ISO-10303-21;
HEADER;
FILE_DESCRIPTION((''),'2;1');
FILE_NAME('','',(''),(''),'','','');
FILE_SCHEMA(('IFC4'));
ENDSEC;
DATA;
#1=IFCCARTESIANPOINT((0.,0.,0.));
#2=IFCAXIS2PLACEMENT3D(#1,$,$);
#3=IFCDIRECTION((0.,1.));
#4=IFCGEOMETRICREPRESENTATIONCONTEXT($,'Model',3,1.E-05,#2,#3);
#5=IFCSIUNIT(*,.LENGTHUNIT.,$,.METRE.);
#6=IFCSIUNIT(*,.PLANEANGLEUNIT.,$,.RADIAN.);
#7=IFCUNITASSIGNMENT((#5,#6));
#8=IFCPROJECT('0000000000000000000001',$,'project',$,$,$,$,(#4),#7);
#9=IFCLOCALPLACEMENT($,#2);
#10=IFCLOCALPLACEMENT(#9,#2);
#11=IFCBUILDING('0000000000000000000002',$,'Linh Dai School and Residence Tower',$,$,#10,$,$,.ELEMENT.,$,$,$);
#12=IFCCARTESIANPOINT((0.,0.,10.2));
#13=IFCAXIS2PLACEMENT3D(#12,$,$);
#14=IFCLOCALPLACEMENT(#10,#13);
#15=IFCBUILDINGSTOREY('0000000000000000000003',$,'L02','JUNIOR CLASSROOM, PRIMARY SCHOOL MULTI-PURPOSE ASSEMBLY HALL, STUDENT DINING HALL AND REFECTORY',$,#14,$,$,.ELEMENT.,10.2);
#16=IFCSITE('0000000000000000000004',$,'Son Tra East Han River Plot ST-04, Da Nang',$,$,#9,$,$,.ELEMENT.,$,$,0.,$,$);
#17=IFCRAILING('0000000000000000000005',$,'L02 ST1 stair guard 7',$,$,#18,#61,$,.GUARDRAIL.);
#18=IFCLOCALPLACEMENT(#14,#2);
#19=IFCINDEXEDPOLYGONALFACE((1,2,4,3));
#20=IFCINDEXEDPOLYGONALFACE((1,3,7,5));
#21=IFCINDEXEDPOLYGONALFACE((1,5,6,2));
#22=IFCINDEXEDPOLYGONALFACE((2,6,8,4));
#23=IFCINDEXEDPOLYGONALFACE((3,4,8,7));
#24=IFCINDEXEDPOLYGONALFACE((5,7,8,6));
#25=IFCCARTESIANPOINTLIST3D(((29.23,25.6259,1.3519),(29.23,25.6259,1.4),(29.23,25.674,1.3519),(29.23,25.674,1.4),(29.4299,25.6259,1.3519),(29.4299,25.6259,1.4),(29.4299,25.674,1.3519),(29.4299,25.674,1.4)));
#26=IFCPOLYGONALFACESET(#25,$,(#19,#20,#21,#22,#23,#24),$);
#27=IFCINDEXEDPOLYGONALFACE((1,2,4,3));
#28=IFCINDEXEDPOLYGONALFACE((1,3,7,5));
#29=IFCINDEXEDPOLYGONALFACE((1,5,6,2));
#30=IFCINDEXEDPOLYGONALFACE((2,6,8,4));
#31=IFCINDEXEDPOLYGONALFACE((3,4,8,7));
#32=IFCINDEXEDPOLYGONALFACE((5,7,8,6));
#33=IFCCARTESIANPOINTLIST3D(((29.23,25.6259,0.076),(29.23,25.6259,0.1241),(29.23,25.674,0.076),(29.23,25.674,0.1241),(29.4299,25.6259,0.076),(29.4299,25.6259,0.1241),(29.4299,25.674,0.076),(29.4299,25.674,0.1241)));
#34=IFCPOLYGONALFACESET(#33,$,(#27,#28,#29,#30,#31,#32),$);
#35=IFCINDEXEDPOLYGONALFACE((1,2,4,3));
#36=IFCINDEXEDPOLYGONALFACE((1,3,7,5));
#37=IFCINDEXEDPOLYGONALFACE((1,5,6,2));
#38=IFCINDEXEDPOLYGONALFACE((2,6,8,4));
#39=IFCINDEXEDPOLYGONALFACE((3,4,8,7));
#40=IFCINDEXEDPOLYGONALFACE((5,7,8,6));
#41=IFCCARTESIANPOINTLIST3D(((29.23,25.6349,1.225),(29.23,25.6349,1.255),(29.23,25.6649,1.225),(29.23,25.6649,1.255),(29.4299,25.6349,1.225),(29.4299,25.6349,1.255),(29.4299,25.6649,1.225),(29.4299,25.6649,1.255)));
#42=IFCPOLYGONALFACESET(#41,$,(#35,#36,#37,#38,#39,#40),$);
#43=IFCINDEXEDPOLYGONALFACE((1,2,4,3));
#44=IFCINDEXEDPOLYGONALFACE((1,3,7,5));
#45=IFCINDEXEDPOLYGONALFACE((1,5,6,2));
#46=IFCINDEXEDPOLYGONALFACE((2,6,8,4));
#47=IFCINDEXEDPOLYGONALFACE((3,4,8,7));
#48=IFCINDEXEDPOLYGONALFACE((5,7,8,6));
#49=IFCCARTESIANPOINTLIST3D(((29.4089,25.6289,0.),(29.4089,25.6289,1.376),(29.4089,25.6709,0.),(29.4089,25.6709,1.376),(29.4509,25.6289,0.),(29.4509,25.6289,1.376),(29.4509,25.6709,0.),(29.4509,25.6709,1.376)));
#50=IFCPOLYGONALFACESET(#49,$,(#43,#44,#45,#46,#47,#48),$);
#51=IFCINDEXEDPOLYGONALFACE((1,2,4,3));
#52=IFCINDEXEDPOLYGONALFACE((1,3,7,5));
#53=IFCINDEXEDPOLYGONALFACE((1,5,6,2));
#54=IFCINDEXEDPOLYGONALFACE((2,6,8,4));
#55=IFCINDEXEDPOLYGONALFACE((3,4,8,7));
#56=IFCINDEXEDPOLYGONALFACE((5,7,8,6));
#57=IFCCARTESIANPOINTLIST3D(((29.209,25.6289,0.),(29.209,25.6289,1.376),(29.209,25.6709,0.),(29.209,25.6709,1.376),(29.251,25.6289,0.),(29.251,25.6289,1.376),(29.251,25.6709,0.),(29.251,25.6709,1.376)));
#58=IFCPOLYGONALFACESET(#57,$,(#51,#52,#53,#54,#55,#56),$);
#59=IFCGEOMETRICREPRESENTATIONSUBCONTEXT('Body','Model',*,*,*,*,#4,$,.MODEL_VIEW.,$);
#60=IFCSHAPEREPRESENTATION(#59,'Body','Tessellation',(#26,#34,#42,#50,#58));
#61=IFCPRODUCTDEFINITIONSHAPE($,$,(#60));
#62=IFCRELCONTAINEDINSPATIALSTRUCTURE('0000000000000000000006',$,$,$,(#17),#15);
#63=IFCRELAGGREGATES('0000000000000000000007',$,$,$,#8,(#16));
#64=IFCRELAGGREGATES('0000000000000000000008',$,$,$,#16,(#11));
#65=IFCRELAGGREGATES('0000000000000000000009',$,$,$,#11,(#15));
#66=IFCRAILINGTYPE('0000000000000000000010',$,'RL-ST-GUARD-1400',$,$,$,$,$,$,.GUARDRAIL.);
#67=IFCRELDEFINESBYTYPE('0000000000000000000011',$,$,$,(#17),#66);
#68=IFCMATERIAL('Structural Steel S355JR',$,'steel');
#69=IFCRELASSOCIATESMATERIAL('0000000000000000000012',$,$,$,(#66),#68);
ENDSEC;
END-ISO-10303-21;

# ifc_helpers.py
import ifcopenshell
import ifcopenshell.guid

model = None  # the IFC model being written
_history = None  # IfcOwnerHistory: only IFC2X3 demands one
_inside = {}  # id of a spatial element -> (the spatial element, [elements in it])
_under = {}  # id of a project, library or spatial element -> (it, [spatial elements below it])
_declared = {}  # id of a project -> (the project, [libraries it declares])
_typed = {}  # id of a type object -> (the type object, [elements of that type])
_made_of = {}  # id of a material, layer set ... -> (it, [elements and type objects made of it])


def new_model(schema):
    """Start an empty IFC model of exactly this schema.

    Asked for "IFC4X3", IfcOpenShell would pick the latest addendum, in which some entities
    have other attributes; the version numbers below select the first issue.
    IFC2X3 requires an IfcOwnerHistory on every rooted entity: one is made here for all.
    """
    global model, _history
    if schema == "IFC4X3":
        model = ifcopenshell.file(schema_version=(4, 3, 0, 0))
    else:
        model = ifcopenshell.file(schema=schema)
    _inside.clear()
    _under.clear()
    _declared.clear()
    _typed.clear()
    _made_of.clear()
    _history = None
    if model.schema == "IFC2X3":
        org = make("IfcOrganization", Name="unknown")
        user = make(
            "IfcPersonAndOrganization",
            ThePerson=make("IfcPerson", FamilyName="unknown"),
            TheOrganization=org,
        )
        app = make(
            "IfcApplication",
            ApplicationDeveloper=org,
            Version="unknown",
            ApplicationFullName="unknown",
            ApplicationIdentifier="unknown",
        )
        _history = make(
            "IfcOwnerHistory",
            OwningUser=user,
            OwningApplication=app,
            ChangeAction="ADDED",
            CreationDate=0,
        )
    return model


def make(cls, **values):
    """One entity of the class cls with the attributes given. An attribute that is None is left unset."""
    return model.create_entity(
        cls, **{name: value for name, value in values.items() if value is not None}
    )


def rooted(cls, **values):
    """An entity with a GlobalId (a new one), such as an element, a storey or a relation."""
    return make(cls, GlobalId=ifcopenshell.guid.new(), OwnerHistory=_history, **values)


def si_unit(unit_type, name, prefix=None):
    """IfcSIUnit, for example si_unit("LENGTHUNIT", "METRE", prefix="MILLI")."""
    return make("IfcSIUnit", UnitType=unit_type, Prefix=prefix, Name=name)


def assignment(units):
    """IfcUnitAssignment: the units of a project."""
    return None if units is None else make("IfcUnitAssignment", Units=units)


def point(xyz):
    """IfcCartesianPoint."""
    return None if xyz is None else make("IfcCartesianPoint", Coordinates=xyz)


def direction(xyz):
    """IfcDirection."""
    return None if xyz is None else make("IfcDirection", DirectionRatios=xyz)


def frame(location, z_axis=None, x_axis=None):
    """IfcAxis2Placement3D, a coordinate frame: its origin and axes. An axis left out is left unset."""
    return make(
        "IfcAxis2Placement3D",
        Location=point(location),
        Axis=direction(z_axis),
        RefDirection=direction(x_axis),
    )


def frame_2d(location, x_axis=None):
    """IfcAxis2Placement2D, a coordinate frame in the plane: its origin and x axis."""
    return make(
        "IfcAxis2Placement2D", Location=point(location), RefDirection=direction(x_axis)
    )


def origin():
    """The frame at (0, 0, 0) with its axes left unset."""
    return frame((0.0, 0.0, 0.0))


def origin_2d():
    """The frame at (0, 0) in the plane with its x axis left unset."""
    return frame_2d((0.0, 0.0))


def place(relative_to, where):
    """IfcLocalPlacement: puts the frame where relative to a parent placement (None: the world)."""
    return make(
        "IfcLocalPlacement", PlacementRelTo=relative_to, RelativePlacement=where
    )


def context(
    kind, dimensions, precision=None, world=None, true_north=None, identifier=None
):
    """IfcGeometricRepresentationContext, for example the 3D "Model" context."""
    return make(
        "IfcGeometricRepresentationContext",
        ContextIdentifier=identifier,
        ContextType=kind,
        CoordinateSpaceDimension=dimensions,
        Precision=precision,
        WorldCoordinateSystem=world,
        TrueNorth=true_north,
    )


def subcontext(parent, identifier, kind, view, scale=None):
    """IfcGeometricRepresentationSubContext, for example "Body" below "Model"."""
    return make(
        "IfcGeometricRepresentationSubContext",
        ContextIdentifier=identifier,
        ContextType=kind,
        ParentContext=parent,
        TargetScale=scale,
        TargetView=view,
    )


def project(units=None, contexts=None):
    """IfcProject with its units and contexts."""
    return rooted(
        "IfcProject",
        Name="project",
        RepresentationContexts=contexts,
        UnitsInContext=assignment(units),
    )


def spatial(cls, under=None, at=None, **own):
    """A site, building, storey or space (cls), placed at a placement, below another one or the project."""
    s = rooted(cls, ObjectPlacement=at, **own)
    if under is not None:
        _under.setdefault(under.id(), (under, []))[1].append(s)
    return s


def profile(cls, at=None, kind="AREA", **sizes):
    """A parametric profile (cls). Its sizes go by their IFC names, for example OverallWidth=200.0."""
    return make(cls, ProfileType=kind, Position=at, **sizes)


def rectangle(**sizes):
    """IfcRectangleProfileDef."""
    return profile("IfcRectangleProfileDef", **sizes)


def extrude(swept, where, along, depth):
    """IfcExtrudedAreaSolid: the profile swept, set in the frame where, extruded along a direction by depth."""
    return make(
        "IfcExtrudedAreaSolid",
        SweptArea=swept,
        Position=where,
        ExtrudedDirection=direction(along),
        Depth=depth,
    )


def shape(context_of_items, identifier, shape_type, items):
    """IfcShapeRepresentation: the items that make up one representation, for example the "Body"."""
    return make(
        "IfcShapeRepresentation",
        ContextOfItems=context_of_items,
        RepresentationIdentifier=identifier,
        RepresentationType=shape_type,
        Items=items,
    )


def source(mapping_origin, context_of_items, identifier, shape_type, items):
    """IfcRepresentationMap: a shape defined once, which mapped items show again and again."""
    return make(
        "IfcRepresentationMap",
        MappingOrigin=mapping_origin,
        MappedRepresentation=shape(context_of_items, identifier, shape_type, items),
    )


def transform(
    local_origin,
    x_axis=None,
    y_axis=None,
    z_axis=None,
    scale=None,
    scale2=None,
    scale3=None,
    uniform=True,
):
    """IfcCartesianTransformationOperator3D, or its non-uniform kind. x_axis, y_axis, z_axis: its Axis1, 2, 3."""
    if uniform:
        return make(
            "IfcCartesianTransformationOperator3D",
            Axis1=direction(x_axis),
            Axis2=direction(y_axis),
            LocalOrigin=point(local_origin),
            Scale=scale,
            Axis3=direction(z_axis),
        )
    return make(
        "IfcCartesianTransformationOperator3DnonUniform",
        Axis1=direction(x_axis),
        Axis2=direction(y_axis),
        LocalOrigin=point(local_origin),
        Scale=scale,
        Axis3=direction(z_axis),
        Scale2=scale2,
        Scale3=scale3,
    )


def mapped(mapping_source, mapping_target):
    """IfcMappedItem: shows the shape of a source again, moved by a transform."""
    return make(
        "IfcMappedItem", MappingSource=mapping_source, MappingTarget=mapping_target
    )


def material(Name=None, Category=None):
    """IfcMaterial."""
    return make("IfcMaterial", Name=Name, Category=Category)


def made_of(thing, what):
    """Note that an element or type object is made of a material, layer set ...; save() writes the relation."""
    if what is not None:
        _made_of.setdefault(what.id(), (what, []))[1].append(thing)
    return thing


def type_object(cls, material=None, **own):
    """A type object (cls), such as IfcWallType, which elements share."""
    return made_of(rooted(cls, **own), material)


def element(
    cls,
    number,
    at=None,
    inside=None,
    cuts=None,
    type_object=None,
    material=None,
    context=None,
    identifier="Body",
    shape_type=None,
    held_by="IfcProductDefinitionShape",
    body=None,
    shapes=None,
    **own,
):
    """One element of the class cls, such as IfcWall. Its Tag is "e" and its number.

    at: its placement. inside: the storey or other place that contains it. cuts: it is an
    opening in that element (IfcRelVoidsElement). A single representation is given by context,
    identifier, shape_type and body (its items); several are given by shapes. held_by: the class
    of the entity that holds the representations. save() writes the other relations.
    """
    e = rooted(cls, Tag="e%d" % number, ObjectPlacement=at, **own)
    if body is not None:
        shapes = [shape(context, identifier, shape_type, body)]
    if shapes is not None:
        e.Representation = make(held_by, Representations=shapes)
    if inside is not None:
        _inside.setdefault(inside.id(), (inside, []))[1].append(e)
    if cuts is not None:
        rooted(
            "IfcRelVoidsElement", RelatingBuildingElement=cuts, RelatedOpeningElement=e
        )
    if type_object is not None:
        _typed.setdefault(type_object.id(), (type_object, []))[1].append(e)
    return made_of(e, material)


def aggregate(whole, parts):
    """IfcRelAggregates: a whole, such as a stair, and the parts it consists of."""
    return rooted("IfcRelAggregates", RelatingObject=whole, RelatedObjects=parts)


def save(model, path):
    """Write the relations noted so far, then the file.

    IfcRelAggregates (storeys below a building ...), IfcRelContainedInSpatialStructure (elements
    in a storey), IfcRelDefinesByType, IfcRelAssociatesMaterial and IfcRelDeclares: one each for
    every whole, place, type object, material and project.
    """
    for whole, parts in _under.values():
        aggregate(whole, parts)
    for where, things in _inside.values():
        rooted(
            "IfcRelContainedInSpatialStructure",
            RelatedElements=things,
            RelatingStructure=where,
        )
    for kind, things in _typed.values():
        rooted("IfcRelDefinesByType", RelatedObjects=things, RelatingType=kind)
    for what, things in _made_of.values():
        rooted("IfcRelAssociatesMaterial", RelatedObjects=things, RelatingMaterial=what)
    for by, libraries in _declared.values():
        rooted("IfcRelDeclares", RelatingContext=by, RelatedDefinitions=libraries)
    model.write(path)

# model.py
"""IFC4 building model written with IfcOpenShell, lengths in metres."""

from ifc_helpers import new_model, si_unit, direction, frame, origin, origin_2d, place, context, subcontext, project, spatial, rectangle, extrude, source, transform, mapped, material, type_object, element, save


model = new_model("IFC4")

# Units and contexts
model_context = context("Model", 3, precision=1e-05, world=origin(), true_north=direction((0.0, 1.0)))
body_context = subcontext(model_context, "Body", "Model", "MODEL_VIEW")
ifc_project = project(units=[si_unit("LENGTHUNIT", "METRE"), si_unit("PLANEANGLEUNIT", "RADIAN")], contexts=[model_context])

# Site, building, storey
site_placement = place(None, origin())
site = spatial("IfcSite", under=ifc_project, at=site_placement, Name="Son Tra East Han River Plot ST-04, Da Nang", CompositionType="ELEMENT", RefElevation=0.0)
building_placement = place(site_placement, origin())
building = spatial("IfcBuilding", under=site, at=building_placement, Name="Linh Dai School and Residence Tower", CompositionType="ELEMENT")
storey_placement = place(building_placement, frame((0.0, 0.0, 10.2)))
storey = spatial("IfcBuildingStorey", under=building, at=storey_placement, Name="L02", Description="JUNIOR CLASSROOM, PRIMARY SCHOOL MULTI-PURPOSE ASSEMBLY HALL, STUDENT DINING HALL AND REFECTORY", CompositionType="ELEMENT", Elevation=10.2)

# Shared definitions
ifc_material_1 = material(Name="Structural Steel S355JR", Category="steel")

# Railing
railing_type_1 = type_object("IfcRailingType", Name="RL-ST-GUARD-1400", PredefinedType="GUARDRAIL", material=ifc_material_1)
shared_shape_1 = source(origin(), body_context, "Body", "SweptSolid", [
    extrude(rectangle(XDim=0.0481, YDim=0.0481, at=origin_2d()), frame((0.0, 0.0, 1.376), z_axis=(-1.0, 0.0, 0.0), x_axis=(0.0, -1.0, 0.0)), (0.0, 0.0, 1.0), 0.2),
    extrude(rectangle(XDim=0.0481, YDim=0.0481, at=origin_2d()), frame((0.0, 0.0, 0.1001), z_axis=(-1.0, 0.0, 0.0), x_axis=(0.0, -1.0, 0.0)), (0.0, 0.0, 1.0), 0.2),
    extrude(rectangle(XDim=0.03, YDim=0.03, at=origin_2d()), frame((0.0, 0.0, 1.24), z_axis=(-1.0, 0.0, 0.0), x_axis=(0.0, -1.0, 0.0)), (0.0, 0.0, 1.0), 0.2),
    extrude(rectangle(XDim=0.042, YDim=0.042, at=origin_2d()), origin(), (0.0, 0.0, 1.0), 1.376),
    extrude(rectangle(XDim=0.042, YDim=0.042, at=origin_2d()), frame((-0.2, 0.0, 0.0)), (0.0, 0.0, 1.0), 1.376),
])
railing_1_placement = place(storey_placement, frame((29.4299, 25.6499, 0.0)))
element("IfcRailing", 1, at=railing_1_placement, inside=storey, type_object=railing_type_1, Name="L02 ST1 stair guard 7", PredefinedType="GUARDRAIL", context=body_context, shape_type="MappedRepresentation", body=[
    mapped(shared_shape_1, transform((0.0, 0.0, 0.0), x_axis=(1.0, 0.0, 0.0), y_axis=(0.0, 1.0, 0.0), z_axis=(0.0, 0.0, 1.0), scale=1.0)),
])

save(model, "model.ifc")
